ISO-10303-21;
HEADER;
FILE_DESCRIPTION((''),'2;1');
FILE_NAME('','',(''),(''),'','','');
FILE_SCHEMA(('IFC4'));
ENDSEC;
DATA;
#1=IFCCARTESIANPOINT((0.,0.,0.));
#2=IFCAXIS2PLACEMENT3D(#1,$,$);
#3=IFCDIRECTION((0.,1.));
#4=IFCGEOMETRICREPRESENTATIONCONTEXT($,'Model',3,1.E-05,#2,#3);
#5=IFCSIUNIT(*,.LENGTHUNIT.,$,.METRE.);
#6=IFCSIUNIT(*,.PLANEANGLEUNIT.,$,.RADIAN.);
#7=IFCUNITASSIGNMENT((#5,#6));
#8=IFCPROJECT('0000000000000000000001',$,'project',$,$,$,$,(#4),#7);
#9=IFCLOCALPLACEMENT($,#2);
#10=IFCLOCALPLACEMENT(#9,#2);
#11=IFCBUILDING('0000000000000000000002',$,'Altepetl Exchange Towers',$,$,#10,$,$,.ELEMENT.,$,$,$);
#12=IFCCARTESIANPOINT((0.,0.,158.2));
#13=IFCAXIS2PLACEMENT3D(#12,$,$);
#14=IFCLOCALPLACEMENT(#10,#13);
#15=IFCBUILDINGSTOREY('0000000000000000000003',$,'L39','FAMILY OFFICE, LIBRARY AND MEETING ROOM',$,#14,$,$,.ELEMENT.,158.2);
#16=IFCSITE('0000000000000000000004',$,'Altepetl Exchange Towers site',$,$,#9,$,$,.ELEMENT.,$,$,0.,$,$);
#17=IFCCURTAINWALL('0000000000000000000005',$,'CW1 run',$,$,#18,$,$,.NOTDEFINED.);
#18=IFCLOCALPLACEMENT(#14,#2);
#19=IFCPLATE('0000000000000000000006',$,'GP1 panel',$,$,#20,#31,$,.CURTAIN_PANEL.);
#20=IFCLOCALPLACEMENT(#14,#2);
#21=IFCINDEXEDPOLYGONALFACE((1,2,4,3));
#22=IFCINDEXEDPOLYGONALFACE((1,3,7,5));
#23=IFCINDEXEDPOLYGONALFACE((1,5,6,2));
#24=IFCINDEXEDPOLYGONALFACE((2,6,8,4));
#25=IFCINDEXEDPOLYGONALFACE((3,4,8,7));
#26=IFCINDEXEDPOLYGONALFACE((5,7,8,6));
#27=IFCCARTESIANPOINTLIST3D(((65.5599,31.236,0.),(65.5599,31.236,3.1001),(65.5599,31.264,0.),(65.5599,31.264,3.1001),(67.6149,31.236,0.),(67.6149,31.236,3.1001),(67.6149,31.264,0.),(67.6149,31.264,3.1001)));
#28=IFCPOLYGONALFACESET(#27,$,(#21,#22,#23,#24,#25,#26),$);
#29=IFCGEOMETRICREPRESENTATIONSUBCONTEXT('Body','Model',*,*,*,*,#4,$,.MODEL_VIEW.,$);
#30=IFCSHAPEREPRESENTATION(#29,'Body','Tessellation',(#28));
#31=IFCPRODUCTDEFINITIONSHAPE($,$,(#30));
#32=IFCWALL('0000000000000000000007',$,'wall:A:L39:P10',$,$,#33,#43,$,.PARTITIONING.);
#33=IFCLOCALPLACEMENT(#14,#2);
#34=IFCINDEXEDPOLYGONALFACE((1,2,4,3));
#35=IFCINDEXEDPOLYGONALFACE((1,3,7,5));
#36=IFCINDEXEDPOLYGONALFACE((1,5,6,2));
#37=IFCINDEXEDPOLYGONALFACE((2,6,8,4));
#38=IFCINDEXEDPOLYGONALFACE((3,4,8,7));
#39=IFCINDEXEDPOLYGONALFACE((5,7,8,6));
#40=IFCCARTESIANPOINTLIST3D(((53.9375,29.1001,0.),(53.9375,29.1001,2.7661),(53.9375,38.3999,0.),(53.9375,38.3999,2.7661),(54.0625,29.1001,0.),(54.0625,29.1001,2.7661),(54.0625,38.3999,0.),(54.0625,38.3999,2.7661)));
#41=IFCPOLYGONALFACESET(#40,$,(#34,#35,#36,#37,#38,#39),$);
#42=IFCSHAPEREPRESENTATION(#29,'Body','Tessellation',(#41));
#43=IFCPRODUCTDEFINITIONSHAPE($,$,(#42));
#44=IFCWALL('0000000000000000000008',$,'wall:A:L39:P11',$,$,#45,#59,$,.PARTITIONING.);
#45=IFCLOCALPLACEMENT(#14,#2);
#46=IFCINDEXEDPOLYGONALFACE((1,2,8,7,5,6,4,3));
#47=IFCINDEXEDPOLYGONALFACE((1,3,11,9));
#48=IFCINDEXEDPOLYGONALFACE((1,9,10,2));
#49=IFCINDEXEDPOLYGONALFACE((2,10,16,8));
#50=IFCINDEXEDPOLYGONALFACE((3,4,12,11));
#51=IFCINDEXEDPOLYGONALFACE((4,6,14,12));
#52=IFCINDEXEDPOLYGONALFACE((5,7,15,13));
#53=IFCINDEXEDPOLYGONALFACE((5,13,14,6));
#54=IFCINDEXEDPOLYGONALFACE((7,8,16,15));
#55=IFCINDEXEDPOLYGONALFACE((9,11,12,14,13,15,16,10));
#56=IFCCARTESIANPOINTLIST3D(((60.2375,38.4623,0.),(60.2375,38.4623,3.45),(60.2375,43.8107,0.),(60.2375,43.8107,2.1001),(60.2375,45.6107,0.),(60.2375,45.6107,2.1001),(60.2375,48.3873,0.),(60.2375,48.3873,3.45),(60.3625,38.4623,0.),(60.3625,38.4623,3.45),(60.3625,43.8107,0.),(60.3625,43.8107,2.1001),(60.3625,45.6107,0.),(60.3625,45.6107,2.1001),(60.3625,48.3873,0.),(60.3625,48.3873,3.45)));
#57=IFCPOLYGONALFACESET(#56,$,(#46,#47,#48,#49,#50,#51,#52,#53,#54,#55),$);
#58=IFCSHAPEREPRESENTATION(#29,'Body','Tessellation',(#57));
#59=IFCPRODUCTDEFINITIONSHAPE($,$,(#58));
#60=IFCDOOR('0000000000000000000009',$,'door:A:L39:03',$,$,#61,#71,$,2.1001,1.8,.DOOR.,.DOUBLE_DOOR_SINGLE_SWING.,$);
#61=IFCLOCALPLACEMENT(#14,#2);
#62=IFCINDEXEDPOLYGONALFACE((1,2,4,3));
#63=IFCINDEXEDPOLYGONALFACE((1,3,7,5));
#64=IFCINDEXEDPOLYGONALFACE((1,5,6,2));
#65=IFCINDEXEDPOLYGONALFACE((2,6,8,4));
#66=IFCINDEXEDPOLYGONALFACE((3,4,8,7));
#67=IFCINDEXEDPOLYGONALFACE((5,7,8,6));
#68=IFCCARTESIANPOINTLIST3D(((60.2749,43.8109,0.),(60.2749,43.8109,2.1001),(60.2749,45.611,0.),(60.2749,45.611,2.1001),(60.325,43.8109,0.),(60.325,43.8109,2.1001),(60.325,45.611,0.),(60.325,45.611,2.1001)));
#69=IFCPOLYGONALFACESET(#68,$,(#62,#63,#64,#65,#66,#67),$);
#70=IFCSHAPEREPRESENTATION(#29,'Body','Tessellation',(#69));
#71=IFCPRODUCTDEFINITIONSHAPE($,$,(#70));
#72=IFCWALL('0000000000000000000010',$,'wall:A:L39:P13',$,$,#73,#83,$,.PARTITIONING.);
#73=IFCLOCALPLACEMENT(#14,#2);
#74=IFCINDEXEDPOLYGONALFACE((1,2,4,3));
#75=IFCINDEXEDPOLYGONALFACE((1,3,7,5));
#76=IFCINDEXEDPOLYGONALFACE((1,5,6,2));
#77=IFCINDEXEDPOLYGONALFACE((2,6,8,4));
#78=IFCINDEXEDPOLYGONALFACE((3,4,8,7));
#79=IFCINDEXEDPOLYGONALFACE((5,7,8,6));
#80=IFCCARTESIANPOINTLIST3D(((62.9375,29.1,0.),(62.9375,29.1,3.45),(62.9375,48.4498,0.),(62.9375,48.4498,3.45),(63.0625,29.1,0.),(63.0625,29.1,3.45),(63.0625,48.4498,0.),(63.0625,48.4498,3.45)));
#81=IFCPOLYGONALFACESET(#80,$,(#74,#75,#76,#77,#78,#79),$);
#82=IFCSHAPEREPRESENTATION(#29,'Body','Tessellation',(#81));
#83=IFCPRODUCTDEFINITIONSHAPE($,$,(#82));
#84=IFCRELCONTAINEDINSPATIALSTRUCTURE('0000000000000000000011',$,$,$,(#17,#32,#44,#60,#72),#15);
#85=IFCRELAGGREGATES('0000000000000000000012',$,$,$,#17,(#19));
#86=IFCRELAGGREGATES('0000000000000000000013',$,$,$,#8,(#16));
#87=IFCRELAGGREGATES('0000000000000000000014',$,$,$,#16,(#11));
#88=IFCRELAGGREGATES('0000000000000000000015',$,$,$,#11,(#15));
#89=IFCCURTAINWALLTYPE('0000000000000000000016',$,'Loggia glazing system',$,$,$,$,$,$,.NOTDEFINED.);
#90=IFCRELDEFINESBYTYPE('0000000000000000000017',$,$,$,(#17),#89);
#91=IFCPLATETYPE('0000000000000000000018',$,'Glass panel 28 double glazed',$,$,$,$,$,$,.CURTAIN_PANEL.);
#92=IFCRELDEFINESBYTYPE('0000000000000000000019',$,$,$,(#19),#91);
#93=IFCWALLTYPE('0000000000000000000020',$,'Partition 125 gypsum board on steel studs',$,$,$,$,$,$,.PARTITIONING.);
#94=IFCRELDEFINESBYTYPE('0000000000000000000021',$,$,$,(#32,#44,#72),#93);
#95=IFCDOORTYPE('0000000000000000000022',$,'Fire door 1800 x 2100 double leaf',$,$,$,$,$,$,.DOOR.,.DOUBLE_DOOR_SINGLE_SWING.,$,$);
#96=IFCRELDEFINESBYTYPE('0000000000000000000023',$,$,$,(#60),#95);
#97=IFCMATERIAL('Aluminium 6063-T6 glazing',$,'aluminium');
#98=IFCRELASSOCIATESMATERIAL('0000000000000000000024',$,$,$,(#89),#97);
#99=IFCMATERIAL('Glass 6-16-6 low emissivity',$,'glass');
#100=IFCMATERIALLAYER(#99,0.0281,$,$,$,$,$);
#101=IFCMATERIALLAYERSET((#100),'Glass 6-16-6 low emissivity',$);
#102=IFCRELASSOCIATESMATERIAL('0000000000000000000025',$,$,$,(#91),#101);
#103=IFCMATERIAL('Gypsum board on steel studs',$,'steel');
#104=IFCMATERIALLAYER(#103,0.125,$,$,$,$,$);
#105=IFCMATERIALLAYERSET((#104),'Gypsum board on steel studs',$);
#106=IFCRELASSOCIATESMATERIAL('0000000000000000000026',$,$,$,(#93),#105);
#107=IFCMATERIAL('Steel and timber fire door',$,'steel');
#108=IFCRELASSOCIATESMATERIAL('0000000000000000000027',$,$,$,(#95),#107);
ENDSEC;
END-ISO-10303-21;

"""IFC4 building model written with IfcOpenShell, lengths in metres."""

from ifc_helpers import new_model, si_unit, direction, frame, frame_2d, origin, origin_2d, place, context, subcontext, project, spatial, rectangle, extrude, material, layer, layer_set, type_object, element, fill, aggregate, save


model = new_model("IFC4")

# Units and contexts
model_context = context("Model", 3, precision=1e-05, world=origin(), true_north=direction((0.0, 1.0)))
body_context = subcontext(model_context, "Body", "Model", "MODEL_VIEW")
ifc_project = project(units=[si_unit("LENGTHUNIT", "METRE"), si_unit("PLANEANGLEUNIT", "RADIAN")], contexts=[model_context])

# Site, building, storey
site_placement = place(None, origin())
site = spatial("IfcSite", under=ifc_project, at=site_placement, Name="Altepetl Exchange Towers site", CompositionType="ELEMENT", RefElevation=0.0)
building_placement = place(site_placement, origin())
building = spatial("IfcBuilding", under=site, at=building_placement, Name="Altepetl Exchange Towers", CompositionType="ELEMENT")
storey_placement = place(building_placement, frame((0.0, 0.0, 158.2)))
storey = spatial("IfcBuildingStorey", under=building, at=storey_placement, Name="L39", Description="FAMILY OFFICE, LIBRARY AND MEETING ROOM", CompositionType="ELEMENT", Elevation=158.2)

# Shared definitions
ifc_material_1 = material(Name="Aluminium 6063-T6 glazing", Category="aluminium")
curtain_wall_type = type_object("IfcCurtainWallType", Name="Loggia glazing system", PredefinedType="NOTDEFINED", material=ifc_material_1)

# Curtain wall
curtain_wall_1_placement = place(storey_placement, origin())
curtain_wall_1 = element("IfcCurtainWall", 1, at=curtain_wall_1_placement, inside=storey, type_object=curtain_wall_type, Name="CW1 run", PredefinedType="NOTDEFINED")

# Plate
ifc_material_2 = material(Name="Glass 6-16-6 low emissivity", Category="glass")
ifc_layer_1 = layer(ifc_material_2, 0.0281)
ifc_layer_set_1 = layer_set([ifc_layer_1], Name="Glass 6-16-6 low emissivity")
plate_type = type_object("IfcPlateType", Name="Glass panel 28 double glazed", PredefinedType="CURTAIN_PANEL", material=ifc_layer_set_1)
plate_1_placement = place(storey_placement, frame((66.5874, 31.25, 0.0)))
plate_1 = element("IfcPlate", 2, at=plate_1_placement, type_object=plate_type, Name="GP1 panel", PredefinedType="CURTAIN_PANEL", context=body_context, shape_type="SweptSolid", body=[
    extrude(rectangle(XDim=2.0549, YDim=0.0281, at=origin_2d()), origin(), (0.0, 0.0, 1.0), 3.1001),
])
aggregate(curtain_wall_1, [plate_1])

# Wall
ifc_material_3 = material(Name="Gypsum board on steel studs", Category="steel")
ifc_layer_2 = layer(ifc_material_3, 0.125)
ifc_layer_set_2 = layer_set([ifc_layer_2], Name="Gypsum board on steel studs")
wall_type = type_object("IfcWallType", Name="Partition 125 gypsum board on steel studs", PredefinedType="PARTITIONING", material=ifc_layer_set_2)
wall_1_placement = place(storey_placement, frame((54.0, 29.1001, 0.0), z_axis=(0.0, 0.0, 1.0), x_axis=(0.0, 1.0, 0.0)))
element("IfcWall", 3, at=wall_1_placement, inside=storey, type_object=wall_type, Name="wall:A:L39:P10", PredefinedType="PARTITIONING", context=body_context, shape_type="SweptSolid", body=[
    extrude(rectangle(XDim=9.2998, YDim=0.125, at=frame_2d((4.6499, 0.0))), origin(), (0.0, 0.0, 1.0), 2.7661),
])

# Wall, opening, door
wall_2_placement = place(storey_placement, frame((60.3, 38.4624, 0.0), z_axis=(0.0, 0.0, 1.0), x_axis=(0.0, 1.0, 0.0)))
wall_2 = element("IfcWall", 4, at=wall_2_placement, inside=storey, type_object=wall_type, Name="wall:A:L39:P11", PredefinedType="PARTITIONING", context=body_context, shape_type="SweptSolid", body=[
    extrude(rectangle(XDim=9.925, YDim=0.125, at=frame_2d((4.9624, 0.0))), origin(), (0.0, 0.0, 1.0), 3.45),
])
opening_placement = place(wall_2_placement, frame((5.3484, 0.0, 0.0)))
opening = element("IfcOpeningElement", 5, at=opening_placement, cuts=wall_2, PredefinedType="OPENING", context=body_context, shape_type="SweptSolid", body=[
    extrude(rectangle(XDim=1.8, YDim=2.1001, at=frame_2d((0.8999, 1.05))), frame((0.0, 0.0725, 0.0), z_axis=(0.0, -1.0, 0.0), x_axis=(1.0, 0.0, 0.0)), (0.0, 0.0, 1.0), 0.145),
])
ifc_material_4 = material(Name="Steel and timber fire door", Category="steel")
door_type = type_object("IfcDoorType", Name="Fire door 1800 x 2100 double leaf", OperationType="DOUBLE_DOOR_SINGLE_SWING", PredefinedType="DOOR", material=ifc_material_4)
door_placement = place(opening_placement, frame((1.8, 0.0, 0.0), x_axis=(-1.0, 0.0, 0.0)))
door = element("IfcDoor", 6, at=door_placement, inside=storey, type_object=door_type, Name="door:A:L39:03", OperationType="DOUBLE_DOOR_SINGLE_SWING", OverallHeight=2.1001, OverallWidth=1.8, PredefinedType="DOOR", context=body_context, shape_type="SweptSolid", body=[
    extrude(rectangle(XDim=1.8, YDim=2.1001, at=frame_2d((0.8999, 1.05))), frame((0.0, 0.0249, 0.0), z_axis=(0.0, -1.0, 0.0), x_axis=(1.0, 0.0, 0.0)), (0.0, 0.0, 1.0), 0.05),
])
fill(opening, door)

# Wall
wall_3_placement = place(storey_placement, frame((63.0, 29.1001, 0.0), z_axis=(0.0, 0.0, 1.0), x_axis=(0.0, 1.0, 0.0)))
element("IfcWall", 7, at=wall_3_placement, inside=storey, type_object=wall_type, Name="wall:A:L39:P13", PredefinedType="PARTITIONING", context=body_context, shape_type="SweptSolid", body=[
    extrude(rectangle(XDim=19.3499, YDim=0.125, at=frame_2d((9.6748, 0.0))), origin(), (0.0, 0.0, 1.0), 3.45),
])

save(model, "model.ifc")
